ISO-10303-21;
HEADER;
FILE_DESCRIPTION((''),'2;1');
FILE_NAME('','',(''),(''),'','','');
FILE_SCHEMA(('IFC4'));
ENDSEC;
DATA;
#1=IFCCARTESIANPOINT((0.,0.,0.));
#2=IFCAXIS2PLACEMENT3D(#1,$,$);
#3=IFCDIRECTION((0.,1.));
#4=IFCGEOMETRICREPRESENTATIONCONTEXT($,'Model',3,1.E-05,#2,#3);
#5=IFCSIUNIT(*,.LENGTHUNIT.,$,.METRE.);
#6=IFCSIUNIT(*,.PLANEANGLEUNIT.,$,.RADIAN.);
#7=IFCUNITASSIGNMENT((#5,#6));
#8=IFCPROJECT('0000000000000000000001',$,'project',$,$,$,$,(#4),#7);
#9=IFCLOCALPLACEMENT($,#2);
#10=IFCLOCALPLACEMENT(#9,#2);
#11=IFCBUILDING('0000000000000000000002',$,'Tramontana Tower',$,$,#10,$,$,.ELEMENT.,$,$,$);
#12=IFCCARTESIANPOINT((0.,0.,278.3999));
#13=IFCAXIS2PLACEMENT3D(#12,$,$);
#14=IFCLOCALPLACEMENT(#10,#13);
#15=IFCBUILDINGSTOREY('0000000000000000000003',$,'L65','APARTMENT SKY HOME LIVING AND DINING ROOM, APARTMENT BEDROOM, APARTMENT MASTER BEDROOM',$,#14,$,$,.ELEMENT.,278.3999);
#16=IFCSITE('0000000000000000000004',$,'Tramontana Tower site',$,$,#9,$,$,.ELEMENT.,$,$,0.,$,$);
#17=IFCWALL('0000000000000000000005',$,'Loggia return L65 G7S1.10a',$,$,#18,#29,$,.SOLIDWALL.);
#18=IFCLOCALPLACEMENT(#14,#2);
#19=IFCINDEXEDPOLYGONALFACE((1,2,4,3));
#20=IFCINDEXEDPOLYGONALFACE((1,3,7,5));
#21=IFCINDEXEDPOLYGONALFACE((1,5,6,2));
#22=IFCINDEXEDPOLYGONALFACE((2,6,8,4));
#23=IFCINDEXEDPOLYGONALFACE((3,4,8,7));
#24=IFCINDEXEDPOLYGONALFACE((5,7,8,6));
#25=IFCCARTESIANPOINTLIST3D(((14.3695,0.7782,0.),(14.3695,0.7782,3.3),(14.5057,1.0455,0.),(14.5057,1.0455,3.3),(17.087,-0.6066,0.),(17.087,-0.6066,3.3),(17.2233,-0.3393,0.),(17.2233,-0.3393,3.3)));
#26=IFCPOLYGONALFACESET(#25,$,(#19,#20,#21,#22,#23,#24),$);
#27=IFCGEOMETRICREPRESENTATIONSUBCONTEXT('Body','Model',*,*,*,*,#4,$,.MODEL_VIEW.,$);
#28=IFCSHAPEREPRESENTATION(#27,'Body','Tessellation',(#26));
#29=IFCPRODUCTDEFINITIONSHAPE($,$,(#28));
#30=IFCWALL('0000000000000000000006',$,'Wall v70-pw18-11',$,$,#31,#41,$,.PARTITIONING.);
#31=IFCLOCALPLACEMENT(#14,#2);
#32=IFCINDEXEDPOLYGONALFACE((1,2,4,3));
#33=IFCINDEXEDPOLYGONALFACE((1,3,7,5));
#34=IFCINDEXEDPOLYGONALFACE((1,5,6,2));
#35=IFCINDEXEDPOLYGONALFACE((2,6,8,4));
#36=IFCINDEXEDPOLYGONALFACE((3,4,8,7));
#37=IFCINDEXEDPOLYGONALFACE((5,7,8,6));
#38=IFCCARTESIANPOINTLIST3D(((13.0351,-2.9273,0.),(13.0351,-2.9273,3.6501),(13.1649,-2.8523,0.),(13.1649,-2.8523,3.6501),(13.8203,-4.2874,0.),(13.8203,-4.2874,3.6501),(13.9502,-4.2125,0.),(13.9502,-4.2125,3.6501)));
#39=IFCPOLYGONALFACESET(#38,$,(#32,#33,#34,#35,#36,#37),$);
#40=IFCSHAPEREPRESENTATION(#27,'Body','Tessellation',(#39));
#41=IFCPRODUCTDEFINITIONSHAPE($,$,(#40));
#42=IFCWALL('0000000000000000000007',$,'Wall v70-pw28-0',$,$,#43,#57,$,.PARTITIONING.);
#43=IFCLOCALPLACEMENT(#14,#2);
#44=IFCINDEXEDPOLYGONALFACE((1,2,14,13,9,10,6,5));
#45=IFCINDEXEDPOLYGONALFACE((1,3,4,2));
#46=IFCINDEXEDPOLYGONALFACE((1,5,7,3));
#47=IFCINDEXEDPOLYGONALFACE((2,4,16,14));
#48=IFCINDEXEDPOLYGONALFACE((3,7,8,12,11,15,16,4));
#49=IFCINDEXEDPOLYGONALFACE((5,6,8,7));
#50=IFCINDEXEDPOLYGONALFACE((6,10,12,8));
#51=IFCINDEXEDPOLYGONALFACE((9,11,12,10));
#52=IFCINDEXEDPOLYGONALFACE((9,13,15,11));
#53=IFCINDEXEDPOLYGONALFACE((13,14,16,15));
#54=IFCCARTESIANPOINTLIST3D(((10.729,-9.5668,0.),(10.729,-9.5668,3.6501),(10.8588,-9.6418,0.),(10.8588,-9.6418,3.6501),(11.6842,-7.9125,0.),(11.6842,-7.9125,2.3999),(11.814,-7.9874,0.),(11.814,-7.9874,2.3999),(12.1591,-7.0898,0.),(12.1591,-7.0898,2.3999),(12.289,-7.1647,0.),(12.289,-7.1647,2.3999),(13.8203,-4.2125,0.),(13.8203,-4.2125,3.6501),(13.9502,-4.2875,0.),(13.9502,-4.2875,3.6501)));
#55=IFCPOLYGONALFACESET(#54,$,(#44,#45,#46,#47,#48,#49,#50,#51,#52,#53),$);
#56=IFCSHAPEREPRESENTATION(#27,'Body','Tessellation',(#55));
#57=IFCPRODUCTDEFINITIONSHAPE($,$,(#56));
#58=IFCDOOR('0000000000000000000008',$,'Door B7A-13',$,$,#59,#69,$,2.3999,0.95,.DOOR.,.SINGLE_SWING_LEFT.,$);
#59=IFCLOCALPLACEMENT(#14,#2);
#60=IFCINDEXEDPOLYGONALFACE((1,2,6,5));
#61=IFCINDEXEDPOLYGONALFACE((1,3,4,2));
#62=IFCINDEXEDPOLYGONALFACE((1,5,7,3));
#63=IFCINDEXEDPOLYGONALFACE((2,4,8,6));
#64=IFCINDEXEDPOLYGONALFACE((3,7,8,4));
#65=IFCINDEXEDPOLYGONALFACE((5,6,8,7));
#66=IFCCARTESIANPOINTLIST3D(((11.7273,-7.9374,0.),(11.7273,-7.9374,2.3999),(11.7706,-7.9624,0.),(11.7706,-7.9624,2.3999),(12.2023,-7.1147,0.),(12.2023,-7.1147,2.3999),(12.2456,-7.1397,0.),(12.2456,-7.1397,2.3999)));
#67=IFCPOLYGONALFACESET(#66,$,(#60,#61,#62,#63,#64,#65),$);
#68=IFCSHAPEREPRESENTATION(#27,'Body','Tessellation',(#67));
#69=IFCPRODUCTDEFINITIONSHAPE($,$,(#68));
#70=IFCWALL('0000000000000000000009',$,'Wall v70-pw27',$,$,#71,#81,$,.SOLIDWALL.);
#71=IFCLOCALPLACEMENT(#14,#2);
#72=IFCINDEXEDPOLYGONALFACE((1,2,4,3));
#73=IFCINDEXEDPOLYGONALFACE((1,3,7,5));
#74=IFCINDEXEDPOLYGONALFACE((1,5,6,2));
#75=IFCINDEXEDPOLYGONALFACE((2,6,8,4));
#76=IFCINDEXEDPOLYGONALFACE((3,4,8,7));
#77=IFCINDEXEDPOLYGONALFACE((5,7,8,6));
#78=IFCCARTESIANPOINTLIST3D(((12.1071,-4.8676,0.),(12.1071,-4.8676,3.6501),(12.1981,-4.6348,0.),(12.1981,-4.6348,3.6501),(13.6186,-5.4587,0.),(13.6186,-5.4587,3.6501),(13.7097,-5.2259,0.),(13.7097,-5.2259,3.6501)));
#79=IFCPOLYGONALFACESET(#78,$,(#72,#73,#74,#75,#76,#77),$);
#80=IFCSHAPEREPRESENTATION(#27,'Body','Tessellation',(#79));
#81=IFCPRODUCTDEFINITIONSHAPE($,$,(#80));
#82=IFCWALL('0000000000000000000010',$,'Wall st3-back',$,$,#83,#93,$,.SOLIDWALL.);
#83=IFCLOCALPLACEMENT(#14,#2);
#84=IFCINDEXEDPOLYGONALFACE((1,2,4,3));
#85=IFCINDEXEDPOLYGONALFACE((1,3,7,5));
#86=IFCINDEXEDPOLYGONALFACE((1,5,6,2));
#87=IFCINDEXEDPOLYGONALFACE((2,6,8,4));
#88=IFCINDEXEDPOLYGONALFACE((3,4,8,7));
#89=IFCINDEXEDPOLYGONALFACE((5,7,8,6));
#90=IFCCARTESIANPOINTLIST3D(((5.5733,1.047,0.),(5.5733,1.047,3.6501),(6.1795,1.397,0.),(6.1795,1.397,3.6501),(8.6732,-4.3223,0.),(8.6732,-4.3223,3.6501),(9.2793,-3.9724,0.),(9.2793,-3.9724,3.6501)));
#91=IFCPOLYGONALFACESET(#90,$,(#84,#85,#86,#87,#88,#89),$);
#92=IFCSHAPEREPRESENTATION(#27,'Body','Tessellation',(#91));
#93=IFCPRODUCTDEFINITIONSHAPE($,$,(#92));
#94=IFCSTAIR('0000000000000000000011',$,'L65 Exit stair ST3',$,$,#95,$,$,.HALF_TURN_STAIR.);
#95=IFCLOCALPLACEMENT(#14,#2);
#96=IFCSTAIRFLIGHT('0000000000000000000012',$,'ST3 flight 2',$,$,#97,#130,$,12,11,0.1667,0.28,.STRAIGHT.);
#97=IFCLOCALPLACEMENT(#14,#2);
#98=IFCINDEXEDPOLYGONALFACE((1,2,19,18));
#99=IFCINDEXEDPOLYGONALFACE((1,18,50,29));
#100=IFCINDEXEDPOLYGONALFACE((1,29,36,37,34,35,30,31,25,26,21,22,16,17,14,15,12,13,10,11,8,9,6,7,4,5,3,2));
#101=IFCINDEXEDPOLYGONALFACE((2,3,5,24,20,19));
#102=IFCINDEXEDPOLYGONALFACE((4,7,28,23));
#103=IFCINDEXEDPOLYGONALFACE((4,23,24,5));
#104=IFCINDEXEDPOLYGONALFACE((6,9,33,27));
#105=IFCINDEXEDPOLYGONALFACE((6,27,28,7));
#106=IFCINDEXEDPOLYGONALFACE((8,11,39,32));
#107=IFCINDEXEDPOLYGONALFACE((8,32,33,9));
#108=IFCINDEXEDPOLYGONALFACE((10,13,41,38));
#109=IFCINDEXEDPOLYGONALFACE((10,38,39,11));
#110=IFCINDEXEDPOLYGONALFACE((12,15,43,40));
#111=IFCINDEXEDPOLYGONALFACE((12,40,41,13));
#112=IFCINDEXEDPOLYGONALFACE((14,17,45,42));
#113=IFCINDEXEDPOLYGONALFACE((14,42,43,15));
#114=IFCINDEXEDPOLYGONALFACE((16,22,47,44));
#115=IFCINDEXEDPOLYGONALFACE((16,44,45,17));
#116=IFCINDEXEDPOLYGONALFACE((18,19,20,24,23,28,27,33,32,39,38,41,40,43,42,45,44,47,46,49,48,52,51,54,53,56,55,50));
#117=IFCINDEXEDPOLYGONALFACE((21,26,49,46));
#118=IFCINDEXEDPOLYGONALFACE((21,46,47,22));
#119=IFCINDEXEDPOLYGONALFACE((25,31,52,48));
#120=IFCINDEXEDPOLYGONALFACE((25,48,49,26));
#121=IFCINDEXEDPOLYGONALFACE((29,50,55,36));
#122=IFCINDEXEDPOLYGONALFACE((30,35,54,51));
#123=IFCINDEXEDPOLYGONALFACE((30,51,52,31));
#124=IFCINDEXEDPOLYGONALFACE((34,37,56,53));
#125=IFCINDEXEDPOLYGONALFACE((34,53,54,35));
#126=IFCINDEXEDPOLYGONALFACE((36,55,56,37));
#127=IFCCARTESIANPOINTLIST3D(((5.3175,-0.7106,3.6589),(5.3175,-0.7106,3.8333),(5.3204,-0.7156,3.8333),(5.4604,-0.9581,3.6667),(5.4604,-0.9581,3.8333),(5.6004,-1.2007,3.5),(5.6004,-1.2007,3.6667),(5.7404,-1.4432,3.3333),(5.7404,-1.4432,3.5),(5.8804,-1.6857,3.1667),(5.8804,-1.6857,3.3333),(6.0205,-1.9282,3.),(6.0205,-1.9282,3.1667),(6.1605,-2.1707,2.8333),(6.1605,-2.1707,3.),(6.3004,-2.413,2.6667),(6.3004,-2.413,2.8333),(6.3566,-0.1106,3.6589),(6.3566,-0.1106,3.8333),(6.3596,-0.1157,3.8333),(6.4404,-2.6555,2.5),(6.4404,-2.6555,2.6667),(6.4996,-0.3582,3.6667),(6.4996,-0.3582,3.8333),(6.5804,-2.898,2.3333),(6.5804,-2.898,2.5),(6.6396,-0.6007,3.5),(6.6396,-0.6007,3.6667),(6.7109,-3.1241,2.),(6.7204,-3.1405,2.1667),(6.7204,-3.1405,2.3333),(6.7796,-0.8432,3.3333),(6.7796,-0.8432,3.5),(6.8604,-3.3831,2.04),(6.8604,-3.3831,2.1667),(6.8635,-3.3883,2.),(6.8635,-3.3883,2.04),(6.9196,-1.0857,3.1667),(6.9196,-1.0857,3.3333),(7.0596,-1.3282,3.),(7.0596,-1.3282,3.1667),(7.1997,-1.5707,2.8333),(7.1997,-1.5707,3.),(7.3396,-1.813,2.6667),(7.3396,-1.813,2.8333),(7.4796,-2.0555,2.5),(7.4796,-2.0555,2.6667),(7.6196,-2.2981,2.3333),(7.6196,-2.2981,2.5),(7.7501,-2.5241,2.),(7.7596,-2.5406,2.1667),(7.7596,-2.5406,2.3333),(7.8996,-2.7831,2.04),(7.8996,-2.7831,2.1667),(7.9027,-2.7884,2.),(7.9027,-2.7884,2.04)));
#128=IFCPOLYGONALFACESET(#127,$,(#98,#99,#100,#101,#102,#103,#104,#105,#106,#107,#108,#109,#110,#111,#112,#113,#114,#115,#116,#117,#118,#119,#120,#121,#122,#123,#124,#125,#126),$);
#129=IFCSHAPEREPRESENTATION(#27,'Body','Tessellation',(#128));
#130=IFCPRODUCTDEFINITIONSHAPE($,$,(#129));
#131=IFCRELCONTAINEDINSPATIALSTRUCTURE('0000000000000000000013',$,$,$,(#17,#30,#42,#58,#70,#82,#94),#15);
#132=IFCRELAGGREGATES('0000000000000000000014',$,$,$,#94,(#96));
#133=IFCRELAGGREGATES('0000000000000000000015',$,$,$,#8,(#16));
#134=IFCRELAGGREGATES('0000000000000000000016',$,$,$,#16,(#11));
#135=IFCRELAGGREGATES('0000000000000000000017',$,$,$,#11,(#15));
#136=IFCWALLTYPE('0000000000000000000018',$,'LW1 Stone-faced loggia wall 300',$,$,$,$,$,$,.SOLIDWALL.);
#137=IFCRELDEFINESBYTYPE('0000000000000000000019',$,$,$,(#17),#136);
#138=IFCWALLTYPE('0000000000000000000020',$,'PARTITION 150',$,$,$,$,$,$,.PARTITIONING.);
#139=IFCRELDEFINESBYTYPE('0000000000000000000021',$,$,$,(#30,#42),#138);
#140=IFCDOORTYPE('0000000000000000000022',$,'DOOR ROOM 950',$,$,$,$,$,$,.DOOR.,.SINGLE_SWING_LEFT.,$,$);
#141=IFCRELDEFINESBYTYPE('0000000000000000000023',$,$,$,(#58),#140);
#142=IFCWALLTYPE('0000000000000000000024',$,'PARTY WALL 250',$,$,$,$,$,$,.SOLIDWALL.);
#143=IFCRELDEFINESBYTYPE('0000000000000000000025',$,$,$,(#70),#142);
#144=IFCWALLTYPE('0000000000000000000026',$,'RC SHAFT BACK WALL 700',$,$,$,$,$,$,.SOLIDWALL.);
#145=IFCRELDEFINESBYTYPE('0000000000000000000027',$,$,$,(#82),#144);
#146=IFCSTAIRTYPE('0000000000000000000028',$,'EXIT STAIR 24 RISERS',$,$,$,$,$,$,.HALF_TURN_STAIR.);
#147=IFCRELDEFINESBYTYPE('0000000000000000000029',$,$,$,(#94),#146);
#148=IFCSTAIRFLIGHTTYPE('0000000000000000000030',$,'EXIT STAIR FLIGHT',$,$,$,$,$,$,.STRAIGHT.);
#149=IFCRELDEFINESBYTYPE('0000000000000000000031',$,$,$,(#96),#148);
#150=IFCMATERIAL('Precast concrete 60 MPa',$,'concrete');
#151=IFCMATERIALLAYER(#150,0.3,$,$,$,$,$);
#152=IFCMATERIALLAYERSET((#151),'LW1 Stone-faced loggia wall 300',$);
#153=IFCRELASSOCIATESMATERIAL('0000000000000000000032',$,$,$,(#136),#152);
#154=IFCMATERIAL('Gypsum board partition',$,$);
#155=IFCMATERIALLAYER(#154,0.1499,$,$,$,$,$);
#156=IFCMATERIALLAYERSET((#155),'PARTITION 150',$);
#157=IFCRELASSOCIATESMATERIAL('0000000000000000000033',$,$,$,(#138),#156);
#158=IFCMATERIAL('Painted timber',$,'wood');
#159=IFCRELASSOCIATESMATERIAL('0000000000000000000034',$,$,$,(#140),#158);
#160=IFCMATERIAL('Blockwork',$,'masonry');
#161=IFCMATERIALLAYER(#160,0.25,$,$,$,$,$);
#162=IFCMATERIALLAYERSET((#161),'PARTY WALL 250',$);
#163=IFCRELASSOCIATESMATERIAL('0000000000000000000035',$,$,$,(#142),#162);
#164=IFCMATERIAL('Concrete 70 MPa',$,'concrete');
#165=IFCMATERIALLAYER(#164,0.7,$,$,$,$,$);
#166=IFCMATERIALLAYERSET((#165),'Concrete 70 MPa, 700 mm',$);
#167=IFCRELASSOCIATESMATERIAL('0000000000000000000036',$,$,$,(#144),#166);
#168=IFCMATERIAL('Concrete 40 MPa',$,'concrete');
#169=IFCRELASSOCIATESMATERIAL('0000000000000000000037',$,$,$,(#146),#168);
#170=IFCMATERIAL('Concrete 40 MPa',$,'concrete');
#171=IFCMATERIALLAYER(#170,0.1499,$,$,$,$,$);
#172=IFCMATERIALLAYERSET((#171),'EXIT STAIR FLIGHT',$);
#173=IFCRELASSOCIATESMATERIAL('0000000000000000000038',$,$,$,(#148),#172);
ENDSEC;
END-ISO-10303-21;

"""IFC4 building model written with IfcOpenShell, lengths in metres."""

from ifc_helpers import new_model, si_unit, direction, frame, frame_2d, origin, place, context, subcontext, project, spatial, polyline, rectangle, outline, extrude, material, layer, layer_set, type_object, element, fill, aggregate, save


model = new_model("IFC4")

# Units and contexts
model_context = context("Model", 3, precision=1e-05, world=origin(), true_north=direction((0.0, 1.0)))
body_context = subcontext(model_context, "Body", "Model", "MODEL_VIEW")
ifc_project = project(units=[si_unit("LENGTHUNIT", "METRE"), si_unit("PLANEANGLEUNIT", "RADIAN")], contexts=[model_context])

# Site, building, storey
site_placement = place(None, origin())
site = spatial("IfcSite", under=ifc_project, at=site_placement, Name="Tramontana Tower site", CompositionType="ELEMENT", RefElevation=0.0)
building_placement = place(site_placement, origin())
building = spatial("IfcBuilding", under=site, at=building_placement, Name="Tramontana Tower", CompositionType="ELEMENT")
storey_placement = place(building_placement, frame((0.0, 0.0, 278.3999)))
storey = spatial("IfcBuildingStorey", under=building, at=storey_placement, Name="L65", Description="APARTMENT SKY HOME LIVING AND DINING ROOM, APARTMENT BEDROOM, APARTMENT MASTER BEDROOM", CompositionType="ELEMENT", Elevation=278.3999)

# Wall
ifc_material_1 = material(Name="Precast concrete 60 MPa", Category="concrete")
ifc_layer_1 = layer(ifc_material_1, 0.3)
ifc_layer_set_1 = layer_set([ifc_layer_1], Name="LW1 Stone-faced loggia wall 300")
wall_type_1 = type_object("IfcWallType", Name="LW1 Stone-faced loggia wall 300", PredefinedType="SOLIDWALL", material=ifc_layer_set_1)
wall_1_placement = place(storey_placement, frame((17.155, -0.4729, 0.0), z_axis=(0.0, 0.0, 1.0), x_axis=(-0.890991, 0.454021, 0.0)))
element("IfcWall", 1, at=wall_1_placement, inside=storey, type_object=wall_type_1, Name="Loggia return L65 G7S1.10a", PredefinedType="SOLIDWALL", context=body_context, shape_type="SweptSolid", body=[
    extrude(rectangle(XDim=3.05, YDim=0.3, at=frame_2d((1.5249, 0.0))), origin(), (0.0, 0.0, 1.0), 3.3),
])

# Shared definitions
ifc_material_2 = material(Name="Gypsum board partition")
ifc_layer_2 = layer(ifc_material_2, 0.1499)
ifc_layer_set_2 = layer_set([ifc_layer_2], Name="PARTITION 150")
wall_type_2 = type_object("IfcWallType", Name="PARTITION 150", PredefinedType="PARTITIONING", material=ifc_layer_set_2)
ifc_material_3 = material(Name="Painted timber", Category="wood")
door_type_1 = type_object("IfcDoorType", Name="DOOR ROOM 950", OperationType="SINGLE_SWING_LEFT", PredefinedType="DOOR", material=ifc_material_3)

# Wall
wall_2_placement = place(storey_placement, frame((13.1001, -2.8899, 0.0), z_axis=(0.0, 0.0, 1.0), x_axis=(0.499951, -0.866054, 0.0)))
element("IfcWall", 2, at=wall_2_placement, inside=storey, type_object=wall_type_2, Name="Wall v70-pw18-11", PredefinedType="PARTITIONING", context=body_context, shape_type="SweptSolid", body=[
    extrude(rectangle(XDim=1.5706, YDim=0.1499, at=frame_2d((0.7852, 0.0))), origin(), (0.0, 0.0, 1.0), 3.6501),
])

# Wall, opening, door
wall_3_placement = place(storey_placement, frame((13.8853, -4.25, 0.0), z_axis=(0.0, 0.0, 1.0), x_axis=(-0.500004, -0.866023, 0.0)))
wall_3 = element("IfcWall", 3, at=wall_3_placement, inside=storey, type_object=wall_type_2, Name="Wall v70-pw28-0", PredefinedType="PARTITIONING", context=body_context, shape_type="SweptSolid", body=[
    extrude(rectangle(XDim=6.1826, YDim=0.1499, at=frame_2d((3.0913, 0.0))), origin(), (0.0, 0.0, 1.0), 3.6501),
])
opening_1_placement = place(wall_3_placement, frame((3.3223, 0.0, 0.0)))
opening_1 = element("IfcOpeningElement", 4, at=opening_1_placement, cuts=wall_3, PredefinedType="OPENING", context=body_context, shape_type="SweptSolid", body=[
    extrude(rectangle(XDim=0.95, YDim=2.3999, at=frame_2d((0.4751, 1.2))), frame((0.0, 0.085, 0.0), z_axis=(0.0, -1.0, 0.0), x_axis=(1.0, 0.0, 0.0)), (0.0, 0.0, 1.0), 0.1699),
])
door_1_placement = place(opening_1_placement, origin())
door_1 = element("IfcDoor", 5, at=door_1_placement, inside=storey, type_object=door_type_1, Name="Door B7A-13", OperationType="SINGLE_SWING_LEFT", OverallHeight=2.3999, OverallWidth=0.95, PredefinedType="DOOR", context=body_context, shape_type="SweptSolid", body=[
    extrude(rectangle(XDim=0.95, YDim=2.3999, at=frame_2d((0.4751, 1.2))), frame((0.0, 0.0249, 0.0), z_axis=(0.0, -1.0, 0.0), x_axis=(1.0, 0.0, 0.0)), (0.0, 0.0, 1.0), 0.05),
])
fill(opening_1, door_1)

# Walls
ifc_material_4 = material(Name="Blockwork", Category="masonry")
ifc_layer_3 = layer(ifc_material_4, 0.25)
ifc_layer_set_3 = layer_set([ifc_layer_3], Name="PARTY WALL 250")
wall_type_3 = type_object("IfcWallType", Name="PARTY WALL 250", PredefinedType="SOLIDWALL", material=ifc_layer_set_3)
wall_4_placement = place(storey_placement, frame((12.1526, -4.7512, 0.0), z_axis=(0.0, 0.0, 1.0), x_axis=(0.931323, -0.364195, 0.0)))
element("IfcWall", 6, at=wall_4_placement, inside=storey, type_object=wall_type_3, Name="Wall v70-pw27", PredefinedType="SOLIDWALL", context=body_context, shape_type="SweptSolid", body=[
    extrude(rectangle(XDim=1.623, YDim=0.25, at=frame_2d((0.8115, 0.0))), origin(), (0.0, 0.0, 1.0), 3.6501),
])
ifc_material_5 = material(Name="Concrete 70 MPa", Category="concrete")
ifc_layer_4 = layer(ifc_material_5, 0.7)
ifc_layer_set_4 = layer_set([ifc_layer_4], Name="Concrete 70 MPa, 700 mm")
wall_type_4 = type_object("IfcWallType", Name="RC SHAFT BACK WALL 700", PredefinedType="SOLIDWALL", material=ifc_layer_set_4)
wall_5_placement = place(storey_placement, frame((8.9763, -4.1475, 0.0), z_axis=(0.0, 0.0, 1.0), x_axis=(-0.49998, 0.866037, 0.0)))
element("IfcWall", 7, at=wall_5_placement, inside=storey, type_object=wall_type_4, Name="Wall st3-back", PredefinedType="SOLIDWALL", context=body_context, shape_type="SweptSolid", body=[
    extrude(rectangle(XDim=6.2, YDim=0.7, at=frame_2d((3.1001, 0.0))), origin(), (0.0, 0.0, 1.0), 3.6501),
])

# Stair, stair flight
ifc_material_6 = material(Name="Concrete 40 MPa", Category="concrete")
stair_type = type_object("IfcStairType", Name="EXIT STAIR 24 RISERS", PredefinedType="HALF_TURN_STAIR", material=ifc_material_6)
stair_placement = place(storey_placement, origin())
stair = element("IfcStair", 8, at=stair_placement, inside=storey, type_object=stair_type, Name="L65 Exit stair ST3", PredefinedType="HALF_TURN_STAIR")
ifc_material_7 = material(Name="Concrete 40 MPa", Category="concrete")
ifc_layer_5 = layer(ifc_material_7, 0.1499)
ifc_layer_set_5 = layer_set([ifc_layer_5], Name="EXIT STAIR FLIGHT")
stair_flight_type = type_object("IfcStairFlightType", Name="EXIT STAIR FLIGHT", PredefinedType="STRAIGHT", material=ifc_layer_set_5)
stair_flight_placement = place(storey_placement, frame((7.3801, -3.083, 2.0), z_axis=(0.0, 0.0, 1.0), x_axis=(-0.5, 0.866025, 0.0)))
stair_flight = element("IfcStairFlight", 9, at=stair_flight_placement, type_object=stair_flight_type, Name="ST3 flight 2", NumberOfRisers=12, NumberOfTreads=11, PredefinedType="STRAIGHT", RiserHeight=0.1667, TreadLength=0.28, context=body_context, shape_type="SweptSolid", body=[
    extrude(outline(polyline([(-0.0061, 0.0), (-0.0061, 0.04), (0.0, 0.04), (0.0, 0.1667), (0.28, 0.1667), (0.28, 0.3333), (0.5601, 0.3333), (0.5601, 0.5), (0.8401, 0.5), (0.8401, 0.6667), (1.1201, 0.6667), (1.1201, 0.8333), (1.3999, 0.8333), (1.3999, 1.0), (1.6799, 1.0), (1.6799, 1.1667), (1.96, 1.1667), (1.96, 1.3333), (2.24, 1.3333), (2.24, 1.5), (2.52, 1.5), (2.52, 1.6667), (2.8, 1.6667), (2.8, 1.8333), (3.0801, 1.8333), (3.0859, 1.8333), (3.0859, 1.6589), (0.2991, 0.0), (-0.0061, 0.0)])), frame((0.0, 0.6001, 0.0), z_axis=(0.0, -1.0, 0.0), x_axis=(1.0, 0.0, 0.0)), (0.0, 0.0, 1.0), 1.2),
])
aggregate(stair, [stair_flight])

save(model, "model.ifc")
